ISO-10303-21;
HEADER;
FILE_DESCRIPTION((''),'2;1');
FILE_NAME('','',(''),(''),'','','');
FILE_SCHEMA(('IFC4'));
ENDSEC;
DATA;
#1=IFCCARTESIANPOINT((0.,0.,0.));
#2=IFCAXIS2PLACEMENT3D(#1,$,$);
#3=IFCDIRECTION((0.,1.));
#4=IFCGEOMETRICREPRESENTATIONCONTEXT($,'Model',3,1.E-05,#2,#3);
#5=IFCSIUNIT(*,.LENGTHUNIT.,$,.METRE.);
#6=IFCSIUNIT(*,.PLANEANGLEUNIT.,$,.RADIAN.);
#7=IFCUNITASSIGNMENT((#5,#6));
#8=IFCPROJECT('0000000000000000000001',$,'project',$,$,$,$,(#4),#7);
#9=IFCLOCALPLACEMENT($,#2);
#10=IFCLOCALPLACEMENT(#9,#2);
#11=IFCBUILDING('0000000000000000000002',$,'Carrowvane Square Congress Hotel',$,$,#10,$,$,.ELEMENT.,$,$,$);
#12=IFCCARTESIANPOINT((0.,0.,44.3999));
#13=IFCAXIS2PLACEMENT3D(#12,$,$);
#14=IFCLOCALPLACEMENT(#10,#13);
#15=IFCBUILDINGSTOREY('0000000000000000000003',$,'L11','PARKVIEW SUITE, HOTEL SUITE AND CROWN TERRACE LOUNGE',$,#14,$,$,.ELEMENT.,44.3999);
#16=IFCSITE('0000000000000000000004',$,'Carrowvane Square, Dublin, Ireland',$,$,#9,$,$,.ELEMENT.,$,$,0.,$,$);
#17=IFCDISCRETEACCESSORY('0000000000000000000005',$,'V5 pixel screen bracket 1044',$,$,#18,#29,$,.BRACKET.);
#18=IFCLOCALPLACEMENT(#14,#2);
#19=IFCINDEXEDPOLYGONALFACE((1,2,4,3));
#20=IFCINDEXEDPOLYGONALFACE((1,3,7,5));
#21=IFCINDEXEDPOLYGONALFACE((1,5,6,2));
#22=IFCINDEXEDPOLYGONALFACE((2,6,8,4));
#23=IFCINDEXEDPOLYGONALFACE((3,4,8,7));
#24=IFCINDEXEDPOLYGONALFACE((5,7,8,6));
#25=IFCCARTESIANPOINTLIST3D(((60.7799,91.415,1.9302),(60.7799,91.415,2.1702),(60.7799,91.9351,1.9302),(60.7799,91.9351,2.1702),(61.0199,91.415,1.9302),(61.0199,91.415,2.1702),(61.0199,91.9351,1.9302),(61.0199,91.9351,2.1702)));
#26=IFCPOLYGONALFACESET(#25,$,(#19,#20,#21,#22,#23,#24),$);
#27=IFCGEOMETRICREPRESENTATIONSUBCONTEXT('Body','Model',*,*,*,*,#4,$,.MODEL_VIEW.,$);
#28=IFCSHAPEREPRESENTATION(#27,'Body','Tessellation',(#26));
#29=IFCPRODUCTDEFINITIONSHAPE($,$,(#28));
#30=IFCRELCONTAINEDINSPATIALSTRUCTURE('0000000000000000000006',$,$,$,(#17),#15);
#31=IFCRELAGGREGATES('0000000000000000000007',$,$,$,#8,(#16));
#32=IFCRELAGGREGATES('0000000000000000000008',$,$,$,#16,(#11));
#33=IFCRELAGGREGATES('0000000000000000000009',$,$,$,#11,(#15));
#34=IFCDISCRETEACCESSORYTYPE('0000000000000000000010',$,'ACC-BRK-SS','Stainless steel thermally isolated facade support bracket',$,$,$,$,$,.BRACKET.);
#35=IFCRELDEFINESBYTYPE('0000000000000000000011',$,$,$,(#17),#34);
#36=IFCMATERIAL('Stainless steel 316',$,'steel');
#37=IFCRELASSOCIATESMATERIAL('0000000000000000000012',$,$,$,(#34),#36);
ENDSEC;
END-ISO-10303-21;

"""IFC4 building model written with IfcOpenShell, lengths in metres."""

from ifc_helpers import new_model, si_unit, direction, frame, origin, origin_2d, place, context, subcontext, project, spatial, rectangle, extrude, material, type_object, element, save


model = new_model("IFC4")

# Units and contexts
model_context = context("Model", 3, precision=1e-05, world=origin(), true_north=direction((0.0, 1.0)))
body_context = subcontext(model_context, "Body", "Model", "MODEL_VIEW")
ifc_project = project(units=[si_unit("LENGTHUNIT", "METRE"), si_unit("PLANEANGLEUNIT", "RADIAN")], contexts=[model_context])

# Site, building, storey
site_placement = place(None, origin())
site = spatial("IfcSite", under=ifc_project, at=site_placement, Name="Carrowvane Square, Dublin, Ireland", CompositionType="ELEMENT", RefElevation=0.0)
building_placement = place(site_placement, origin())
building = spatial("IfcBuilding", under=site, at=building_placement, Name="Carrowvane Square Congress Hotel", CompositionType="ELEMENT")
storey_placement = place(building_placement, frame((0.0, 0.0, 44.3999)))
storey = spatial("IfcBuildingStorey", under=building, at=storey_placement, Name="L11", Description="PARKVIEW SUITE, HOTEL SUITE AND CROWN TERRACE LOUNGE", CompositionType="ELEMENT", Elevation=44.3999)

# Discrete accessory
ifc_material_1 = material(Name="Stainless steel 316", Category="steel")
discrete_accessory_type = type_object("IfcDiscreteAccessoryType", Name="ACC-BRK-SS", Description="Stainless steel thermally isolated facade support bracket", PredefinedType="BRACKET", material=ifc_material_1)
for number, where, z_axis, x_axis, name in (
    (1, (60.8999, 91.675, 1.9302), (0.0, 0.0, 1.0), (-1.0, 0.0, 0.0), "V5 pixel screen bracket 1044"),
):
    element("IfcDiscreteAccessory", number, at=place(storey_placement, frame(where, z_axis=z_axis, x_axis=x_axis)), inside=storey, type_object=discrete_accessory_type, Name=name, PredefinedType="BRACKET", context=body_context, shape_type="SweptSolid", body=[
        extrude(rectangle(XDim=0.24, YDim=0.52, at=origin_2d()), origin(), (0.0, 0.0, 1.0), 0.24),
    ])

save(model, "model.ifc")
